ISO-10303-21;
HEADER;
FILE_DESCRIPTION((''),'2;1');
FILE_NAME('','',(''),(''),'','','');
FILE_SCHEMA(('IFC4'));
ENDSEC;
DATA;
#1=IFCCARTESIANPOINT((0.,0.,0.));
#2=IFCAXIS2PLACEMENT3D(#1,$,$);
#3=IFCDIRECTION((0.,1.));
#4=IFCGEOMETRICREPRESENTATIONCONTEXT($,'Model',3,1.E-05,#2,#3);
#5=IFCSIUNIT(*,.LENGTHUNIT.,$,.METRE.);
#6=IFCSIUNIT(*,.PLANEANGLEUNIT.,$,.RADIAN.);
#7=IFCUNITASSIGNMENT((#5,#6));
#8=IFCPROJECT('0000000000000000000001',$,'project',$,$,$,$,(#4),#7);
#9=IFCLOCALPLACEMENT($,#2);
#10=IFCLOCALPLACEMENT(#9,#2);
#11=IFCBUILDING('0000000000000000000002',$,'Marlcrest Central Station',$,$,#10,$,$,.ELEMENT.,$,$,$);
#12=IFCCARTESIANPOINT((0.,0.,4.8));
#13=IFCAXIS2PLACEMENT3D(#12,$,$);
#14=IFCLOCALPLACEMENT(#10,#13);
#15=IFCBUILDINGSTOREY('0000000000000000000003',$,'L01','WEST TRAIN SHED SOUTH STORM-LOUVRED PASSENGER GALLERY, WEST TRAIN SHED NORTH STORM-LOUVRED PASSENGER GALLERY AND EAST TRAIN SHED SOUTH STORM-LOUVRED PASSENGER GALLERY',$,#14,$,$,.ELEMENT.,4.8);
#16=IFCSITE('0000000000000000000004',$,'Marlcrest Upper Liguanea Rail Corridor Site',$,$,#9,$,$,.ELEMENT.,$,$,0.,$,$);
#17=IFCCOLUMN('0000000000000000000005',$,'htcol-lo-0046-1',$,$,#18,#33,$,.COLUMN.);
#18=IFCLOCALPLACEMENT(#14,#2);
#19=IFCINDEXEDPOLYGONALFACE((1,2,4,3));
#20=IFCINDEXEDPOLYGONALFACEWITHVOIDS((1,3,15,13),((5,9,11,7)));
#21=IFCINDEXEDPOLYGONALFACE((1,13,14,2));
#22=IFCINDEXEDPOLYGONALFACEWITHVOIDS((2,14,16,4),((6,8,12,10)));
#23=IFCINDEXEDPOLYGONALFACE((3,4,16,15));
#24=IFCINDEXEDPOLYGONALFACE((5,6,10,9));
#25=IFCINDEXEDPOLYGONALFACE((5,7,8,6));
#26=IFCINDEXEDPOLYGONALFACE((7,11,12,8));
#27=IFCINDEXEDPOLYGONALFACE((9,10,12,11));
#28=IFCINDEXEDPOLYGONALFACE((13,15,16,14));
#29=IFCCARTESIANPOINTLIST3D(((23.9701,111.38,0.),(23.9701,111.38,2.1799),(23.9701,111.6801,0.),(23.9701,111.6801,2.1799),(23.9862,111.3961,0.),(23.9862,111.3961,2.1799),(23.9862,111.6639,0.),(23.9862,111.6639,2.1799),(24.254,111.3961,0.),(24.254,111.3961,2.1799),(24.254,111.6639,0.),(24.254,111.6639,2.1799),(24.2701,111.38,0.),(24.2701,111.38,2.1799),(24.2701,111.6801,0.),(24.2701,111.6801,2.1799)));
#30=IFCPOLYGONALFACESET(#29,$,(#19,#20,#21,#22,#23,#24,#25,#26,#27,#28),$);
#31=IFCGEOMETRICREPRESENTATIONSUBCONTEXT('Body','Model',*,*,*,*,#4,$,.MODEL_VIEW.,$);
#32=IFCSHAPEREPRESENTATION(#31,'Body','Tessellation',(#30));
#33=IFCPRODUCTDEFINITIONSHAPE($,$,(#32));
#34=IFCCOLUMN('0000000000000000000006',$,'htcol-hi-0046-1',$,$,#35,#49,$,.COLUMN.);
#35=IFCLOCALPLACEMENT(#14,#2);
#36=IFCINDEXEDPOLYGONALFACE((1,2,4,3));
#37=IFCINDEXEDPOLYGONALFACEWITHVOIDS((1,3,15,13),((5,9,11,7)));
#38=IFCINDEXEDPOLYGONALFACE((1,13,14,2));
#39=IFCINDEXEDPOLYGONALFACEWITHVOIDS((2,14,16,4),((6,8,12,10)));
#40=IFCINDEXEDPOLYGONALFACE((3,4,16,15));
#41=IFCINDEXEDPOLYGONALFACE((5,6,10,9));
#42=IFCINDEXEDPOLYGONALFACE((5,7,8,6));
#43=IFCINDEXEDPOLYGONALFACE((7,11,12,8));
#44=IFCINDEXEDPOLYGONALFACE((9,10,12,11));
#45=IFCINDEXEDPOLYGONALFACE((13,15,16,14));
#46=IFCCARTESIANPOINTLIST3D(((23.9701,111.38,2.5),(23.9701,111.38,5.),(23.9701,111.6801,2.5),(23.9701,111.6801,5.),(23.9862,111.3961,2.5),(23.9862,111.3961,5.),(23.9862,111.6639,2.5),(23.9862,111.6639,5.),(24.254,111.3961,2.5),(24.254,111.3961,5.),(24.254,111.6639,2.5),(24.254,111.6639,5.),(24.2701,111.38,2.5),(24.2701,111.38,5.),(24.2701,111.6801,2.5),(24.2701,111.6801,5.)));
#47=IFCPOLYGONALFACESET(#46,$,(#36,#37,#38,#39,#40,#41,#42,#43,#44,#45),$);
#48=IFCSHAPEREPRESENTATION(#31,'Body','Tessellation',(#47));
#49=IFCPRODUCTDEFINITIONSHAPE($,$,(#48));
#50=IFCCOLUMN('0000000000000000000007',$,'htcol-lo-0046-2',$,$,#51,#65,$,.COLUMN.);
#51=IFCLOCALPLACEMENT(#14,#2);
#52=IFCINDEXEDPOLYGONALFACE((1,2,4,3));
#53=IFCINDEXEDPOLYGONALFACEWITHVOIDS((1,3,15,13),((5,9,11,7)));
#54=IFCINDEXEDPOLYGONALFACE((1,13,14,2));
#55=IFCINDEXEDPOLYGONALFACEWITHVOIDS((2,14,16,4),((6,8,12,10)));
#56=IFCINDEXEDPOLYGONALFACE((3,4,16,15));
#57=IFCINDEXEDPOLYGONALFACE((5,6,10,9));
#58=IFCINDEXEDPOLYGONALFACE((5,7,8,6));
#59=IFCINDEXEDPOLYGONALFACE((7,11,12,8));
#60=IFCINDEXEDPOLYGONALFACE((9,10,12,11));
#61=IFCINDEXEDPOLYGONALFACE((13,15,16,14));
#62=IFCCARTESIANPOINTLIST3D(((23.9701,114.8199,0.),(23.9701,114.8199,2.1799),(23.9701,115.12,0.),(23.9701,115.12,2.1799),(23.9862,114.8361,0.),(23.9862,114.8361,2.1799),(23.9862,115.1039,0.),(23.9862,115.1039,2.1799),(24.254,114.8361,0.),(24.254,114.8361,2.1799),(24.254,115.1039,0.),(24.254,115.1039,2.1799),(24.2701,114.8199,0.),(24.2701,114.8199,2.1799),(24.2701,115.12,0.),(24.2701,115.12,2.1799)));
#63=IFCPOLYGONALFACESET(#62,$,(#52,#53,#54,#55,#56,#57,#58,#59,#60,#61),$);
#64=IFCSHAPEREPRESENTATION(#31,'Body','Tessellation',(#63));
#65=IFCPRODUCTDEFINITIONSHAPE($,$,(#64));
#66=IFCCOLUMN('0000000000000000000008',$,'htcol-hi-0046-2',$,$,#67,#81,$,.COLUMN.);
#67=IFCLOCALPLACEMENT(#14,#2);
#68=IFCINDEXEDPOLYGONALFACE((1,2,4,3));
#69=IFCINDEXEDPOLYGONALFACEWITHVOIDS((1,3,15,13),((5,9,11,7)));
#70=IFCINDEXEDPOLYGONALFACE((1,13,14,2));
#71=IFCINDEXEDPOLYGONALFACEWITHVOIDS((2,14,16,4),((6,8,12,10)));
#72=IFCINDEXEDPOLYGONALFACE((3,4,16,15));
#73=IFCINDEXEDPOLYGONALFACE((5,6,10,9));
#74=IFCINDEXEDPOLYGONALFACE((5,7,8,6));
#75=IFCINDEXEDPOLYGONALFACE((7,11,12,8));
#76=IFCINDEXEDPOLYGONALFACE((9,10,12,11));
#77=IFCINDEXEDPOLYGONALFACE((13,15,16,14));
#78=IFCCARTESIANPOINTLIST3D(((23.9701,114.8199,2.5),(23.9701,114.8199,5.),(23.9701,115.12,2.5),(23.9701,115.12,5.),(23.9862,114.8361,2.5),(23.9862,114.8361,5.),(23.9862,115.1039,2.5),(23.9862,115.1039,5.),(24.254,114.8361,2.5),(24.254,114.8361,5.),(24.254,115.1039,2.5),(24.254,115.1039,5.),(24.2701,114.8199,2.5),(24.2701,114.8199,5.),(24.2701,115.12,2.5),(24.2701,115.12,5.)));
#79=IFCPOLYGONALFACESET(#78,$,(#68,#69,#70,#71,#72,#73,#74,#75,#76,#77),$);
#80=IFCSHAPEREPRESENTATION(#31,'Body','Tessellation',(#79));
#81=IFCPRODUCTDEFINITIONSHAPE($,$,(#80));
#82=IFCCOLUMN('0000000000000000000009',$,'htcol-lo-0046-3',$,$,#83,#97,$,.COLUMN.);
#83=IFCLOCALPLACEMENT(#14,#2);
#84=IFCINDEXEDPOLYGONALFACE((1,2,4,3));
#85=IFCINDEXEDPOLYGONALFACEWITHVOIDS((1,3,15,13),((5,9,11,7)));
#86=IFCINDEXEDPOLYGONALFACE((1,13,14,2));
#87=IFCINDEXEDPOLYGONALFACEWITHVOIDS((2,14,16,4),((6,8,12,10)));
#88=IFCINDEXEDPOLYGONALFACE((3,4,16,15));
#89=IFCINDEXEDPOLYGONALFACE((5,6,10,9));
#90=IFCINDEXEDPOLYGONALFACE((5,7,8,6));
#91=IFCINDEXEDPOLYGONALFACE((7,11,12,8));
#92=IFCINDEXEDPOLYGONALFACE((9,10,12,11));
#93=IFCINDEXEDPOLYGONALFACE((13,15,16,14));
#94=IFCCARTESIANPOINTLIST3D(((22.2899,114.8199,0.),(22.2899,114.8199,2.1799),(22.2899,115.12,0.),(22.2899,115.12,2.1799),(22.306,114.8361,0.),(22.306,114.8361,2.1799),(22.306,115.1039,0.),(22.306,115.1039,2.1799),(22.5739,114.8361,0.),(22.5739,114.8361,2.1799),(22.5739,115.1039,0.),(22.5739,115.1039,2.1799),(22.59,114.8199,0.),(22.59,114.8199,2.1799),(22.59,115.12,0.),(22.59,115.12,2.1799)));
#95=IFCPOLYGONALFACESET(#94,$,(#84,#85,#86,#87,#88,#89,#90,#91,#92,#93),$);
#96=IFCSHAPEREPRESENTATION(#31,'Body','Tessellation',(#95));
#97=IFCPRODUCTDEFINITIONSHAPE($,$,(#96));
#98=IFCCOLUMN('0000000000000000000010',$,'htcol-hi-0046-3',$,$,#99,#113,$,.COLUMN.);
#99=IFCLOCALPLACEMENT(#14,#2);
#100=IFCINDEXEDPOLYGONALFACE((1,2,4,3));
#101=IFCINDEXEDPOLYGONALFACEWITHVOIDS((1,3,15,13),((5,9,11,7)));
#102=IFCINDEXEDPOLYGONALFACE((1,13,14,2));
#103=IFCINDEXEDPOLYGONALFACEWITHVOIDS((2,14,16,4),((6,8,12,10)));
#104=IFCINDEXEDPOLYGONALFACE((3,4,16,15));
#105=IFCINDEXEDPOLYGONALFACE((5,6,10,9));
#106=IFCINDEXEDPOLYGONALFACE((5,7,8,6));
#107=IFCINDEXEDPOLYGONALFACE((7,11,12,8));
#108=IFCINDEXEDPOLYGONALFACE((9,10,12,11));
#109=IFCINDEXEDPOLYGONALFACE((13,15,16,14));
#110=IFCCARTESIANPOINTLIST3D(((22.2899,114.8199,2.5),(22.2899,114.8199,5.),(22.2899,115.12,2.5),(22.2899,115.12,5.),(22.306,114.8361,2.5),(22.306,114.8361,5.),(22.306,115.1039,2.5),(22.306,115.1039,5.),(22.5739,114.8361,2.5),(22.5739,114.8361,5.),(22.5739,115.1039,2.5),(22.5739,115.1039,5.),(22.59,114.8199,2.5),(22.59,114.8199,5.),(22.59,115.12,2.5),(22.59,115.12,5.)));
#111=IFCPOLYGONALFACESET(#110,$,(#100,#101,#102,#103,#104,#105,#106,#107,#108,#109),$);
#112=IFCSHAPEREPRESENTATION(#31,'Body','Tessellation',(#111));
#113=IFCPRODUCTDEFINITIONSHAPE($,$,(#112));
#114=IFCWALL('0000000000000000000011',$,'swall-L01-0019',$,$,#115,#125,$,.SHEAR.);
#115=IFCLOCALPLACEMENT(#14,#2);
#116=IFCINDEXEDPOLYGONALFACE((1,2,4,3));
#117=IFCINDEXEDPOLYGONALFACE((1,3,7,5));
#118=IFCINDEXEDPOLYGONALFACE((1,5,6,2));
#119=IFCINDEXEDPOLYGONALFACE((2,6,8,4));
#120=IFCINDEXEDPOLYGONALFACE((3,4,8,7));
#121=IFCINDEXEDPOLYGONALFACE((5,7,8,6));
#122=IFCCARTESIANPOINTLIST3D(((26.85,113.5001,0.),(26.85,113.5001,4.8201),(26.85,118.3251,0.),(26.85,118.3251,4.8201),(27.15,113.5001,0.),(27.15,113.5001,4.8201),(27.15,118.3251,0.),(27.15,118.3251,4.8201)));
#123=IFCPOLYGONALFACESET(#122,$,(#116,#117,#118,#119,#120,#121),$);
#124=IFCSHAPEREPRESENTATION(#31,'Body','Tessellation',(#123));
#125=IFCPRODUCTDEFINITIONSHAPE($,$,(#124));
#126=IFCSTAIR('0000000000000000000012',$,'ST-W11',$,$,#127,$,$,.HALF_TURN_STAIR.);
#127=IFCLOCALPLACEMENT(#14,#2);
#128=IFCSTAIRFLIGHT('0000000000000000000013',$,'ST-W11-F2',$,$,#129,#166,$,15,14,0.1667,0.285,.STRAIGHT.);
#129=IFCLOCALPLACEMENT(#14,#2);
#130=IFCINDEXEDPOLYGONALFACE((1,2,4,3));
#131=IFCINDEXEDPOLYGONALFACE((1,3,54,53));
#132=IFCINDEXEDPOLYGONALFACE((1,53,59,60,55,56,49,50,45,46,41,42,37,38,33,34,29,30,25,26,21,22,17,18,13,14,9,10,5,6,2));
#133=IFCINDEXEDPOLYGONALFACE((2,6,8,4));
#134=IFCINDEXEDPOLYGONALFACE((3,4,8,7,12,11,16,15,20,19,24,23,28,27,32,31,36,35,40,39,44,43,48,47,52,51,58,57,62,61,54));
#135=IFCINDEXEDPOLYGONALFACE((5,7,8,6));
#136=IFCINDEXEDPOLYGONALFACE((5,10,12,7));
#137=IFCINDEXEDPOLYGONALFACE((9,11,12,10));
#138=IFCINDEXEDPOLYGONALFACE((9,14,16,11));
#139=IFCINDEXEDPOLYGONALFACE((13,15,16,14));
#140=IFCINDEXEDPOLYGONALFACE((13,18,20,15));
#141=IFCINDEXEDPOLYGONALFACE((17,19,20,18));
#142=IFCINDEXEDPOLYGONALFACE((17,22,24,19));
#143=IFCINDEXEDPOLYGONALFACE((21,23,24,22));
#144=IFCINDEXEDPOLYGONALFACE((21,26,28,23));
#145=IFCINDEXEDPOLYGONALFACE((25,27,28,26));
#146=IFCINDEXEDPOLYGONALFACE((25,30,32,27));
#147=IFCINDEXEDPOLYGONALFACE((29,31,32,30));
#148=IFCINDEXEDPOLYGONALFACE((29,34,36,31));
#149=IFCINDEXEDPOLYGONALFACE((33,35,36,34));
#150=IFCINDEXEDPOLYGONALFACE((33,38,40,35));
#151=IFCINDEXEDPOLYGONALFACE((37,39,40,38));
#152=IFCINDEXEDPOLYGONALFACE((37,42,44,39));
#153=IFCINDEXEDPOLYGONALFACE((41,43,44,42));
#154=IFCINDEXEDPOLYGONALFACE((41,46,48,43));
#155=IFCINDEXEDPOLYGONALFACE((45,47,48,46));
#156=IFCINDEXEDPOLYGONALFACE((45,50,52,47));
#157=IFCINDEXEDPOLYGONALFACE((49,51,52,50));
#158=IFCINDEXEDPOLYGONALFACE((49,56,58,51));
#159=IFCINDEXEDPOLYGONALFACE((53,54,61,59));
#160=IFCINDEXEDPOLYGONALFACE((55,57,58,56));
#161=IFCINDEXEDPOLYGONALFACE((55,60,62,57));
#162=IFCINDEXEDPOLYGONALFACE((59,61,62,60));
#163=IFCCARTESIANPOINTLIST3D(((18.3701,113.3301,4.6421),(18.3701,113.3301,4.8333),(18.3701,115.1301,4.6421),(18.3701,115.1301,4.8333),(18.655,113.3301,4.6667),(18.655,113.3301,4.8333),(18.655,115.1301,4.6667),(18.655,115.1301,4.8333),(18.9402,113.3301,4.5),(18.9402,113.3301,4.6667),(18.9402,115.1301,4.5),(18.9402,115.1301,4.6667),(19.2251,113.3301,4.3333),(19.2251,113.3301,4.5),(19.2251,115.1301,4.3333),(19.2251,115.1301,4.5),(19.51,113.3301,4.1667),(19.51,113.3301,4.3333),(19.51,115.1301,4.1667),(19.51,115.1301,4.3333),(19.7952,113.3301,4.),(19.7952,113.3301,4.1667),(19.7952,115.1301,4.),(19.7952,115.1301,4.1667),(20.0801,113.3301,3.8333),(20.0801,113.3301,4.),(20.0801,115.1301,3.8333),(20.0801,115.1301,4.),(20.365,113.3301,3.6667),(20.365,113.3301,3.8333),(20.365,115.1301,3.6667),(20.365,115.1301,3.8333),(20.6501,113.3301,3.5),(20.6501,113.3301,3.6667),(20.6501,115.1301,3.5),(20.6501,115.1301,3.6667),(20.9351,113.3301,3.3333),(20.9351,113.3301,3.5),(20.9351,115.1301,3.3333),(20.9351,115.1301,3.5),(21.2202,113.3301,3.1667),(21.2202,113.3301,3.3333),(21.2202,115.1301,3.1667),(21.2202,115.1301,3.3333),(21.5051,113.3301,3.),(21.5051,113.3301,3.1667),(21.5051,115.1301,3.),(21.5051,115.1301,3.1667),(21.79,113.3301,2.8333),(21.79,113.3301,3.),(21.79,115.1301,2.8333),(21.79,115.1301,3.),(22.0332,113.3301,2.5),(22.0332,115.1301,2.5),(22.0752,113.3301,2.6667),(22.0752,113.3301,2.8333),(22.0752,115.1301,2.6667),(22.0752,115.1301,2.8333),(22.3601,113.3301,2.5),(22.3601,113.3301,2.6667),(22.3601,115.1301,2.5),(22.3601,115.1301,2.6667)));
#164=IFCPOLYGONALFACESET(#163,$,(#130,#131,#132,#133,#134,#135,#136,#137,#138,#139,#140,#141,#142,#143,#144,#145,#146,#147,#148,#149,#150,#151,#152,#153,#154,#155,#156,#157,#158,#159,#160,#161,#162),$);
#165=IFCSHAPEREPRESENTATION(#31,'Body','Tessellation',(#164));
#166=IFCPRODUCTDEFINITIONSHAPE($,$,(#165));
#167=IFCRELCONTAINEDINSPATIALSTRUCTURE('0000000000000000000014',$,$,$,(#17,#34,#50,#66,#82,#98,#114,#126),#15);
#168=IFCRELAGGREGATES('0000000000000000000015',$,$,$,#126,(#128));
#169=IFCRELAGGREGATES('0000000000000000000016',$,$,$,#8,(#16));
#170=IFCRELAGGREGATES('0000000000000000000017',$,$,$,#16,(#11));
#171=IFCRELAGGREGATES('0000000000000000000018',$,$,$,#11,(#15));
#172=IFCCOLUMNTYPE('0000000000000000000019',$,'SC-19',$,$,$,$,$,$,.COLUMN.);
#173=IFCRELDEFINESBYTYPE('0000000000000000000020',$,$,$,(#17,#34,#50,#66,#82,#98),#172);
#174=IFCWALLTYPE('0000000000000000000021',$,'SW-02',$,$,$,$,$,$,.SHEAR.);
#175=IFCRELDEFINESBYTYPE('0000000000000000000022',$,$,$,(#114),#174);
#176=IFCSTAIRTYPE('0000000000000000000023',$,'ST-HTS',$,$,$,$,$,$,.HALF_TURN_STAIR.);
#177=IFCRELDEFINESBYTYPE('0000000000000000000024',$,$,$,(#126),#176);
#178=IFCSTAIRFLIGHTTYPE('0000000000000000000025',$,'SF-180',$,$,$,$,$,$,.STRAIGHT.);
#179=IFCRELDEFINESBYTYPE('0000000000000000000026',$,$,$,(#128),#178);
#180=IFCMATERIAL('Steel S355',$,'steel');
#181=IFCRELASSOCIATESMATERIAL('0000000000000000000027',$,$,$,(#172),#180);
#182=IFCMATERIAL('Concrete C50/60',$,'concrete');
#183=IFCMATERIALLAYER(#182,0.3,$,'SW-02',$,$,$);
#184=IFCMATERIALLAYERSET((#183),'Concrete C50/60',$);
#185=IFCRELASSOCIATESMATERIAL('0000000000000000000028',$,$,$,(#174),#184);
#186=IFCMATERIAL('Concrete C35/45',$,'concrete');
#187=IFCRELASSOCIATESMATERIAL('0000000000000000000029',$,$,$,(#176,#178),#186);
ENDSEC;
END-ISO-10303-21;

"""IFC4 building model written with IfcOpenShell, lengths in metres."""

from ifc_helpers import new_model, si_unit, direction, frame, frame_2d, origin, origin_2d, place, context, subcontext, project, spatial, polyline, rectangle, hollow_rectangle, outline, extrude, material, layer, layer_set, material_profile, profile_set, type_object, element, aggregate, save


model = new_model("IFC4")

# Units and contexts
model_context = context("Model", 3, precision=1e-05, world=origin(), true_north=direction((0.0, 1.0)))
body_context = subcontext(model_context, "Body", "Model", "MODEL_VIEW")
ifc_project = project(units=[si_unit("LENGTHUNIT", "METRE"), si_unit("PLANEANGLEUNIT", "RADIAN")], contexts=[model_context])

# Site, building, storey
site_placement = place(None, origin())
site = spatial("IfcSite", under=ifc_project, at=site_placement, Name="Marlcrest Upper Liguanea Rail Corridor Site", CompositionType="ELEMENT", RefElevation=0.0)
building_placement = place(site_placement, origin())
building = spatial("IfcBuilding", under=site, at=building_placement, Name="Marlcrest Central Station", CompositionType="ELEMENT")
storey_placement = place(building_placement, frame((0.0, 0.0, 4.8)))
storey = spatial("IfcBuildingStorey", under=building, at=storey_placement, Name="L01", Description="WEST TRAIN SHED SOUTH STORM-LOUVRED PASSENGER GALLERY, WEST TRAIN SHED NORTH STORM-LOUVRED PASSENGER GALLERY AND EAST TRAIN SHED SOUTH STORM-LOUVRED PASSENGER GALLERY", CompositionType="ELEMENT", Elevation=4.8)

# Columns
ifc_material_1 = material(Name="Steel S355", Category="steel")
ifc_material_profile = material_profile(ifc_material_1, hollow_rectangle(XDim=0.3, YDim=0.3, WallThickness=0.0161, at=origin_2d()), Name="SHS 300x300x16")
ifc_profile_set = profile_set([ifc_material_profile], Name="Steel S355")
column_type = type_object("IfcColumnType", Name="SC-19", PredefinedType="COLUMN", material=ifc_profile_set)
column_1_placement = place(storey_placement, frame((24.1201, 111.53, 0.0), z_axis=(0.0, 0.0, 1.0), x_axis=(1.0, 0.0, 0.0)))
element("IfcColumn", 1, at=column_1_placement, inside=storey, type_object=column_type, Name="htcol-lo-0046-1", PredefinedType="COLUMN", context=body_context, shape_type="SweptSolid", body=[
    extrude(hollow_rectangle(XDim=0.3, YDim=0.3, WallThickness=0.0161, at=origin_2d()), origin(), (0.0, 0.0, 1.0), 2.1799),
])
column_2_placement = place(storey_placement, frame((24.1201, 111.53, 2.5), z_axis=(0.0, 0.0, 1.0), x_axis=(1.0, 0.0, 0.0)))
element("IfcColumn", 2, at=column_2_placement, inside=storey, type_object=column_type, Name="htcol-hi-0046-1", PredefinedType="COLUMN", context=body_context, shape_type="SweptSolid", body=[
    extrude(hollow_rectangle(XDim=0.3, YDim=0.3, WallThickness=0.0161, at=origin_2d()), origin(), (0.0, 0.0, 1.0), 2.5),
])
column_3_placement = place(storey_placement, frame((24.1201, 114.97, 0.0), z_axis=(0.0, 0.0, 1.0), x_axis=(1.0, 0.0, 0.0)))
element("IfcColumn", 3, at=column_3_placement, inside=storey, type_object=column_type, Name="htcol-lo-0046-2", PredefinedType="COLUMN", context=body_context, shape_type="SweptSolid", body=[
    extrude(hollow_rectangle(XDim=0.3, YDim=0.3, WallThickness=0.0161, at=origin_2d()), origin(), (0.0, 0.0, 1.0), 2.1799),
])
column_4_placement = place(storey_placement, frame((24.1201, 114.97, 2.5), z_axis=(0.0, 0.0, 1.0), x_axis=(1.0, 0.0, 0.0)))
element("IfcColumn", 4, at=column_4_placement, inside=storey, type_object=column_type, Name="htcol-hi-0046-2", PredefinedType="COLUMN", context=body_context, shape_type="SweptSolid", body=[
    extrude(hollow_rectangle(XDim=0.3, YDim=0.3, WallThickness=0.0161, at=origin_2d()), origin(), (0.0, 0.0, 1.0), 2.5),
])
column_5_placement = place(storey_placement, frame((22.4399, 114.97, 0.0), z_axis=(0.0, 0.0, 1.0), x_axis=(1.0, 0.0, 0.0)))
element("IfcColumn", 5, at=column_5_placement, inside=storey, type_object=column_type, Name="htcol-lo-0046-3", PredefinedType="COLUMN", context=body_context, shape_type="SweptSolid", body=[
    extrude(hollow_rectangle(XDim=0.3, YDim=0.3, WallThickness=0.0161, at=origin_2d()), origin(), (0.0, 0.0, 1.0), 2.1799),
])
column_6_placement = place(storey_placement, frame((22.4399, 114.97, 2.5), z_axis=(0.0, 0.0, 1.0), x_axis=(1.0, 0.0, 0.0)))
element("IfcColumn", 6, at=column_6_placement, inside=storey, type_object=column_type, Name="htcol-hi-0046-3", PredefinedType="COLUMN", context=body_context, shape_type="SweptSolid", body=[
    extrude(hollow_rectangle(XDim=0.3, YDim=0.3, WallThickness=0.0161, at=origin_2d()), origin(), (0.0, 0.0, 1.0), 2.5),
])

# Wall
ifc_material_2 = material(Name="Concrete C50/60", Category="concrete")
ifc_layer = layer(ifc_material_2, 0.3, Name="SW-02")
ifc_layer_set = layer_set([ifc_layer], Name="Concrete C50/60")
wall_type = type_object("IfcWallType", Name="SW-02", PredefinedType="SHEAR", material=ifc_layer_set)
wall_placement = place(storey_placement, frame((27.0, 113.5, 0.0), z_axis=(0.0, 0.0, 1.0), x_axis=(0.0, 1.0, 0.0)))
element("IfcWall", 7, at=wall_placement, inside=storey, type_object=wall_type, Name="swall-L01-0019", PredefinedType="SHEAR", context=body_context, shape_type="SweptSolid", body=[
    extrude(rectangle(XDim=4.825, YDim=0.3, at=frame_2d((2.4126, 0.0))), origin(), (0.0, 0.0, 1.0), 4.8201),
])

# Stair, stair flight
ifc_material_3 = material(Name="Concrete C35/45", Category="concrete")
stair_type = type_object("IfcStairType", Name="ST-HTS", PredefinedType="HALF_TURN_STAIR", material=ifc_material_3)
stair_placement = place(storey_placement, origin())
stair = element("IfcStair", 8, at=stair_placement, inside=storey, type_object=stair_type, Name="ST-W11", PredefinedType="HALF_TURN_STAIR")
stair_flight_type = type_object("IfcStairFlightType", Name="SF-180", PredefinedType="STRAIGHT", material=ifc_material_3)
stair_flight_placement = place(storey_placement, frame((22.3601, 114.23, 2.5), z_axis=(0.0, 0.0, 1.0), x_axis=(-1.0, 0.0, 0.0)))
stair_flight = element("IfcStairFlight", 9, at=stair_flight_placement, type_object=stair_flight_type, Name="ST-W11-F2", NumberOfRisers=15, NumberOfTreads=14, PredefinedType="STRAIGHT", RiserHeight=0.1667, TreadLength=0.285, context=body_context, shape_type="SweptSolid", body=[
    extrude(outline(polyline([(0.0, 0.0), (0.0, 0.1667), (0.2849, 0.1667), (0.2849, 0.3333), (0.5701, 0.3333), (0.5701, 0.5), (0.855, 0.5), (0.855, 0.6667), (1.1399, 0.6667), (1.1399, 0.8333), (1.425, 0.8333), (1.425, 1.0), (1.71, 1.0), (1.71, 1.1667), (1.9951, 1.1667), (1.9951, 1.3333), (2.28, 1.3333), (2.28, 1.5), (2.5649, 1.5), (2.5649, 1.6667), (2.8501, 1.6667), (2.8501, 1.8333), (3.135, 1.8333), (3.135, 2.0), (3.4199, 2.0), (3.4199, 2.1667), (3.7051, 2.1667), (3.7051, 2.3333), (3.99, 2.3333), (3.99, 2.5), (3.99, 2.1421), (0.3269, 0.0), (0.0, 0.0)])), frame((0.0, 0.8999, 0.0), z_axis=(0.0, -1.0, 0.0), x_axis=(1.0, 0.0, 0.0)), (0.0, 0.0, 1.0), 1.8),
])
aggregate(stair, [stair_flight])

save(model, "model.ifc")
